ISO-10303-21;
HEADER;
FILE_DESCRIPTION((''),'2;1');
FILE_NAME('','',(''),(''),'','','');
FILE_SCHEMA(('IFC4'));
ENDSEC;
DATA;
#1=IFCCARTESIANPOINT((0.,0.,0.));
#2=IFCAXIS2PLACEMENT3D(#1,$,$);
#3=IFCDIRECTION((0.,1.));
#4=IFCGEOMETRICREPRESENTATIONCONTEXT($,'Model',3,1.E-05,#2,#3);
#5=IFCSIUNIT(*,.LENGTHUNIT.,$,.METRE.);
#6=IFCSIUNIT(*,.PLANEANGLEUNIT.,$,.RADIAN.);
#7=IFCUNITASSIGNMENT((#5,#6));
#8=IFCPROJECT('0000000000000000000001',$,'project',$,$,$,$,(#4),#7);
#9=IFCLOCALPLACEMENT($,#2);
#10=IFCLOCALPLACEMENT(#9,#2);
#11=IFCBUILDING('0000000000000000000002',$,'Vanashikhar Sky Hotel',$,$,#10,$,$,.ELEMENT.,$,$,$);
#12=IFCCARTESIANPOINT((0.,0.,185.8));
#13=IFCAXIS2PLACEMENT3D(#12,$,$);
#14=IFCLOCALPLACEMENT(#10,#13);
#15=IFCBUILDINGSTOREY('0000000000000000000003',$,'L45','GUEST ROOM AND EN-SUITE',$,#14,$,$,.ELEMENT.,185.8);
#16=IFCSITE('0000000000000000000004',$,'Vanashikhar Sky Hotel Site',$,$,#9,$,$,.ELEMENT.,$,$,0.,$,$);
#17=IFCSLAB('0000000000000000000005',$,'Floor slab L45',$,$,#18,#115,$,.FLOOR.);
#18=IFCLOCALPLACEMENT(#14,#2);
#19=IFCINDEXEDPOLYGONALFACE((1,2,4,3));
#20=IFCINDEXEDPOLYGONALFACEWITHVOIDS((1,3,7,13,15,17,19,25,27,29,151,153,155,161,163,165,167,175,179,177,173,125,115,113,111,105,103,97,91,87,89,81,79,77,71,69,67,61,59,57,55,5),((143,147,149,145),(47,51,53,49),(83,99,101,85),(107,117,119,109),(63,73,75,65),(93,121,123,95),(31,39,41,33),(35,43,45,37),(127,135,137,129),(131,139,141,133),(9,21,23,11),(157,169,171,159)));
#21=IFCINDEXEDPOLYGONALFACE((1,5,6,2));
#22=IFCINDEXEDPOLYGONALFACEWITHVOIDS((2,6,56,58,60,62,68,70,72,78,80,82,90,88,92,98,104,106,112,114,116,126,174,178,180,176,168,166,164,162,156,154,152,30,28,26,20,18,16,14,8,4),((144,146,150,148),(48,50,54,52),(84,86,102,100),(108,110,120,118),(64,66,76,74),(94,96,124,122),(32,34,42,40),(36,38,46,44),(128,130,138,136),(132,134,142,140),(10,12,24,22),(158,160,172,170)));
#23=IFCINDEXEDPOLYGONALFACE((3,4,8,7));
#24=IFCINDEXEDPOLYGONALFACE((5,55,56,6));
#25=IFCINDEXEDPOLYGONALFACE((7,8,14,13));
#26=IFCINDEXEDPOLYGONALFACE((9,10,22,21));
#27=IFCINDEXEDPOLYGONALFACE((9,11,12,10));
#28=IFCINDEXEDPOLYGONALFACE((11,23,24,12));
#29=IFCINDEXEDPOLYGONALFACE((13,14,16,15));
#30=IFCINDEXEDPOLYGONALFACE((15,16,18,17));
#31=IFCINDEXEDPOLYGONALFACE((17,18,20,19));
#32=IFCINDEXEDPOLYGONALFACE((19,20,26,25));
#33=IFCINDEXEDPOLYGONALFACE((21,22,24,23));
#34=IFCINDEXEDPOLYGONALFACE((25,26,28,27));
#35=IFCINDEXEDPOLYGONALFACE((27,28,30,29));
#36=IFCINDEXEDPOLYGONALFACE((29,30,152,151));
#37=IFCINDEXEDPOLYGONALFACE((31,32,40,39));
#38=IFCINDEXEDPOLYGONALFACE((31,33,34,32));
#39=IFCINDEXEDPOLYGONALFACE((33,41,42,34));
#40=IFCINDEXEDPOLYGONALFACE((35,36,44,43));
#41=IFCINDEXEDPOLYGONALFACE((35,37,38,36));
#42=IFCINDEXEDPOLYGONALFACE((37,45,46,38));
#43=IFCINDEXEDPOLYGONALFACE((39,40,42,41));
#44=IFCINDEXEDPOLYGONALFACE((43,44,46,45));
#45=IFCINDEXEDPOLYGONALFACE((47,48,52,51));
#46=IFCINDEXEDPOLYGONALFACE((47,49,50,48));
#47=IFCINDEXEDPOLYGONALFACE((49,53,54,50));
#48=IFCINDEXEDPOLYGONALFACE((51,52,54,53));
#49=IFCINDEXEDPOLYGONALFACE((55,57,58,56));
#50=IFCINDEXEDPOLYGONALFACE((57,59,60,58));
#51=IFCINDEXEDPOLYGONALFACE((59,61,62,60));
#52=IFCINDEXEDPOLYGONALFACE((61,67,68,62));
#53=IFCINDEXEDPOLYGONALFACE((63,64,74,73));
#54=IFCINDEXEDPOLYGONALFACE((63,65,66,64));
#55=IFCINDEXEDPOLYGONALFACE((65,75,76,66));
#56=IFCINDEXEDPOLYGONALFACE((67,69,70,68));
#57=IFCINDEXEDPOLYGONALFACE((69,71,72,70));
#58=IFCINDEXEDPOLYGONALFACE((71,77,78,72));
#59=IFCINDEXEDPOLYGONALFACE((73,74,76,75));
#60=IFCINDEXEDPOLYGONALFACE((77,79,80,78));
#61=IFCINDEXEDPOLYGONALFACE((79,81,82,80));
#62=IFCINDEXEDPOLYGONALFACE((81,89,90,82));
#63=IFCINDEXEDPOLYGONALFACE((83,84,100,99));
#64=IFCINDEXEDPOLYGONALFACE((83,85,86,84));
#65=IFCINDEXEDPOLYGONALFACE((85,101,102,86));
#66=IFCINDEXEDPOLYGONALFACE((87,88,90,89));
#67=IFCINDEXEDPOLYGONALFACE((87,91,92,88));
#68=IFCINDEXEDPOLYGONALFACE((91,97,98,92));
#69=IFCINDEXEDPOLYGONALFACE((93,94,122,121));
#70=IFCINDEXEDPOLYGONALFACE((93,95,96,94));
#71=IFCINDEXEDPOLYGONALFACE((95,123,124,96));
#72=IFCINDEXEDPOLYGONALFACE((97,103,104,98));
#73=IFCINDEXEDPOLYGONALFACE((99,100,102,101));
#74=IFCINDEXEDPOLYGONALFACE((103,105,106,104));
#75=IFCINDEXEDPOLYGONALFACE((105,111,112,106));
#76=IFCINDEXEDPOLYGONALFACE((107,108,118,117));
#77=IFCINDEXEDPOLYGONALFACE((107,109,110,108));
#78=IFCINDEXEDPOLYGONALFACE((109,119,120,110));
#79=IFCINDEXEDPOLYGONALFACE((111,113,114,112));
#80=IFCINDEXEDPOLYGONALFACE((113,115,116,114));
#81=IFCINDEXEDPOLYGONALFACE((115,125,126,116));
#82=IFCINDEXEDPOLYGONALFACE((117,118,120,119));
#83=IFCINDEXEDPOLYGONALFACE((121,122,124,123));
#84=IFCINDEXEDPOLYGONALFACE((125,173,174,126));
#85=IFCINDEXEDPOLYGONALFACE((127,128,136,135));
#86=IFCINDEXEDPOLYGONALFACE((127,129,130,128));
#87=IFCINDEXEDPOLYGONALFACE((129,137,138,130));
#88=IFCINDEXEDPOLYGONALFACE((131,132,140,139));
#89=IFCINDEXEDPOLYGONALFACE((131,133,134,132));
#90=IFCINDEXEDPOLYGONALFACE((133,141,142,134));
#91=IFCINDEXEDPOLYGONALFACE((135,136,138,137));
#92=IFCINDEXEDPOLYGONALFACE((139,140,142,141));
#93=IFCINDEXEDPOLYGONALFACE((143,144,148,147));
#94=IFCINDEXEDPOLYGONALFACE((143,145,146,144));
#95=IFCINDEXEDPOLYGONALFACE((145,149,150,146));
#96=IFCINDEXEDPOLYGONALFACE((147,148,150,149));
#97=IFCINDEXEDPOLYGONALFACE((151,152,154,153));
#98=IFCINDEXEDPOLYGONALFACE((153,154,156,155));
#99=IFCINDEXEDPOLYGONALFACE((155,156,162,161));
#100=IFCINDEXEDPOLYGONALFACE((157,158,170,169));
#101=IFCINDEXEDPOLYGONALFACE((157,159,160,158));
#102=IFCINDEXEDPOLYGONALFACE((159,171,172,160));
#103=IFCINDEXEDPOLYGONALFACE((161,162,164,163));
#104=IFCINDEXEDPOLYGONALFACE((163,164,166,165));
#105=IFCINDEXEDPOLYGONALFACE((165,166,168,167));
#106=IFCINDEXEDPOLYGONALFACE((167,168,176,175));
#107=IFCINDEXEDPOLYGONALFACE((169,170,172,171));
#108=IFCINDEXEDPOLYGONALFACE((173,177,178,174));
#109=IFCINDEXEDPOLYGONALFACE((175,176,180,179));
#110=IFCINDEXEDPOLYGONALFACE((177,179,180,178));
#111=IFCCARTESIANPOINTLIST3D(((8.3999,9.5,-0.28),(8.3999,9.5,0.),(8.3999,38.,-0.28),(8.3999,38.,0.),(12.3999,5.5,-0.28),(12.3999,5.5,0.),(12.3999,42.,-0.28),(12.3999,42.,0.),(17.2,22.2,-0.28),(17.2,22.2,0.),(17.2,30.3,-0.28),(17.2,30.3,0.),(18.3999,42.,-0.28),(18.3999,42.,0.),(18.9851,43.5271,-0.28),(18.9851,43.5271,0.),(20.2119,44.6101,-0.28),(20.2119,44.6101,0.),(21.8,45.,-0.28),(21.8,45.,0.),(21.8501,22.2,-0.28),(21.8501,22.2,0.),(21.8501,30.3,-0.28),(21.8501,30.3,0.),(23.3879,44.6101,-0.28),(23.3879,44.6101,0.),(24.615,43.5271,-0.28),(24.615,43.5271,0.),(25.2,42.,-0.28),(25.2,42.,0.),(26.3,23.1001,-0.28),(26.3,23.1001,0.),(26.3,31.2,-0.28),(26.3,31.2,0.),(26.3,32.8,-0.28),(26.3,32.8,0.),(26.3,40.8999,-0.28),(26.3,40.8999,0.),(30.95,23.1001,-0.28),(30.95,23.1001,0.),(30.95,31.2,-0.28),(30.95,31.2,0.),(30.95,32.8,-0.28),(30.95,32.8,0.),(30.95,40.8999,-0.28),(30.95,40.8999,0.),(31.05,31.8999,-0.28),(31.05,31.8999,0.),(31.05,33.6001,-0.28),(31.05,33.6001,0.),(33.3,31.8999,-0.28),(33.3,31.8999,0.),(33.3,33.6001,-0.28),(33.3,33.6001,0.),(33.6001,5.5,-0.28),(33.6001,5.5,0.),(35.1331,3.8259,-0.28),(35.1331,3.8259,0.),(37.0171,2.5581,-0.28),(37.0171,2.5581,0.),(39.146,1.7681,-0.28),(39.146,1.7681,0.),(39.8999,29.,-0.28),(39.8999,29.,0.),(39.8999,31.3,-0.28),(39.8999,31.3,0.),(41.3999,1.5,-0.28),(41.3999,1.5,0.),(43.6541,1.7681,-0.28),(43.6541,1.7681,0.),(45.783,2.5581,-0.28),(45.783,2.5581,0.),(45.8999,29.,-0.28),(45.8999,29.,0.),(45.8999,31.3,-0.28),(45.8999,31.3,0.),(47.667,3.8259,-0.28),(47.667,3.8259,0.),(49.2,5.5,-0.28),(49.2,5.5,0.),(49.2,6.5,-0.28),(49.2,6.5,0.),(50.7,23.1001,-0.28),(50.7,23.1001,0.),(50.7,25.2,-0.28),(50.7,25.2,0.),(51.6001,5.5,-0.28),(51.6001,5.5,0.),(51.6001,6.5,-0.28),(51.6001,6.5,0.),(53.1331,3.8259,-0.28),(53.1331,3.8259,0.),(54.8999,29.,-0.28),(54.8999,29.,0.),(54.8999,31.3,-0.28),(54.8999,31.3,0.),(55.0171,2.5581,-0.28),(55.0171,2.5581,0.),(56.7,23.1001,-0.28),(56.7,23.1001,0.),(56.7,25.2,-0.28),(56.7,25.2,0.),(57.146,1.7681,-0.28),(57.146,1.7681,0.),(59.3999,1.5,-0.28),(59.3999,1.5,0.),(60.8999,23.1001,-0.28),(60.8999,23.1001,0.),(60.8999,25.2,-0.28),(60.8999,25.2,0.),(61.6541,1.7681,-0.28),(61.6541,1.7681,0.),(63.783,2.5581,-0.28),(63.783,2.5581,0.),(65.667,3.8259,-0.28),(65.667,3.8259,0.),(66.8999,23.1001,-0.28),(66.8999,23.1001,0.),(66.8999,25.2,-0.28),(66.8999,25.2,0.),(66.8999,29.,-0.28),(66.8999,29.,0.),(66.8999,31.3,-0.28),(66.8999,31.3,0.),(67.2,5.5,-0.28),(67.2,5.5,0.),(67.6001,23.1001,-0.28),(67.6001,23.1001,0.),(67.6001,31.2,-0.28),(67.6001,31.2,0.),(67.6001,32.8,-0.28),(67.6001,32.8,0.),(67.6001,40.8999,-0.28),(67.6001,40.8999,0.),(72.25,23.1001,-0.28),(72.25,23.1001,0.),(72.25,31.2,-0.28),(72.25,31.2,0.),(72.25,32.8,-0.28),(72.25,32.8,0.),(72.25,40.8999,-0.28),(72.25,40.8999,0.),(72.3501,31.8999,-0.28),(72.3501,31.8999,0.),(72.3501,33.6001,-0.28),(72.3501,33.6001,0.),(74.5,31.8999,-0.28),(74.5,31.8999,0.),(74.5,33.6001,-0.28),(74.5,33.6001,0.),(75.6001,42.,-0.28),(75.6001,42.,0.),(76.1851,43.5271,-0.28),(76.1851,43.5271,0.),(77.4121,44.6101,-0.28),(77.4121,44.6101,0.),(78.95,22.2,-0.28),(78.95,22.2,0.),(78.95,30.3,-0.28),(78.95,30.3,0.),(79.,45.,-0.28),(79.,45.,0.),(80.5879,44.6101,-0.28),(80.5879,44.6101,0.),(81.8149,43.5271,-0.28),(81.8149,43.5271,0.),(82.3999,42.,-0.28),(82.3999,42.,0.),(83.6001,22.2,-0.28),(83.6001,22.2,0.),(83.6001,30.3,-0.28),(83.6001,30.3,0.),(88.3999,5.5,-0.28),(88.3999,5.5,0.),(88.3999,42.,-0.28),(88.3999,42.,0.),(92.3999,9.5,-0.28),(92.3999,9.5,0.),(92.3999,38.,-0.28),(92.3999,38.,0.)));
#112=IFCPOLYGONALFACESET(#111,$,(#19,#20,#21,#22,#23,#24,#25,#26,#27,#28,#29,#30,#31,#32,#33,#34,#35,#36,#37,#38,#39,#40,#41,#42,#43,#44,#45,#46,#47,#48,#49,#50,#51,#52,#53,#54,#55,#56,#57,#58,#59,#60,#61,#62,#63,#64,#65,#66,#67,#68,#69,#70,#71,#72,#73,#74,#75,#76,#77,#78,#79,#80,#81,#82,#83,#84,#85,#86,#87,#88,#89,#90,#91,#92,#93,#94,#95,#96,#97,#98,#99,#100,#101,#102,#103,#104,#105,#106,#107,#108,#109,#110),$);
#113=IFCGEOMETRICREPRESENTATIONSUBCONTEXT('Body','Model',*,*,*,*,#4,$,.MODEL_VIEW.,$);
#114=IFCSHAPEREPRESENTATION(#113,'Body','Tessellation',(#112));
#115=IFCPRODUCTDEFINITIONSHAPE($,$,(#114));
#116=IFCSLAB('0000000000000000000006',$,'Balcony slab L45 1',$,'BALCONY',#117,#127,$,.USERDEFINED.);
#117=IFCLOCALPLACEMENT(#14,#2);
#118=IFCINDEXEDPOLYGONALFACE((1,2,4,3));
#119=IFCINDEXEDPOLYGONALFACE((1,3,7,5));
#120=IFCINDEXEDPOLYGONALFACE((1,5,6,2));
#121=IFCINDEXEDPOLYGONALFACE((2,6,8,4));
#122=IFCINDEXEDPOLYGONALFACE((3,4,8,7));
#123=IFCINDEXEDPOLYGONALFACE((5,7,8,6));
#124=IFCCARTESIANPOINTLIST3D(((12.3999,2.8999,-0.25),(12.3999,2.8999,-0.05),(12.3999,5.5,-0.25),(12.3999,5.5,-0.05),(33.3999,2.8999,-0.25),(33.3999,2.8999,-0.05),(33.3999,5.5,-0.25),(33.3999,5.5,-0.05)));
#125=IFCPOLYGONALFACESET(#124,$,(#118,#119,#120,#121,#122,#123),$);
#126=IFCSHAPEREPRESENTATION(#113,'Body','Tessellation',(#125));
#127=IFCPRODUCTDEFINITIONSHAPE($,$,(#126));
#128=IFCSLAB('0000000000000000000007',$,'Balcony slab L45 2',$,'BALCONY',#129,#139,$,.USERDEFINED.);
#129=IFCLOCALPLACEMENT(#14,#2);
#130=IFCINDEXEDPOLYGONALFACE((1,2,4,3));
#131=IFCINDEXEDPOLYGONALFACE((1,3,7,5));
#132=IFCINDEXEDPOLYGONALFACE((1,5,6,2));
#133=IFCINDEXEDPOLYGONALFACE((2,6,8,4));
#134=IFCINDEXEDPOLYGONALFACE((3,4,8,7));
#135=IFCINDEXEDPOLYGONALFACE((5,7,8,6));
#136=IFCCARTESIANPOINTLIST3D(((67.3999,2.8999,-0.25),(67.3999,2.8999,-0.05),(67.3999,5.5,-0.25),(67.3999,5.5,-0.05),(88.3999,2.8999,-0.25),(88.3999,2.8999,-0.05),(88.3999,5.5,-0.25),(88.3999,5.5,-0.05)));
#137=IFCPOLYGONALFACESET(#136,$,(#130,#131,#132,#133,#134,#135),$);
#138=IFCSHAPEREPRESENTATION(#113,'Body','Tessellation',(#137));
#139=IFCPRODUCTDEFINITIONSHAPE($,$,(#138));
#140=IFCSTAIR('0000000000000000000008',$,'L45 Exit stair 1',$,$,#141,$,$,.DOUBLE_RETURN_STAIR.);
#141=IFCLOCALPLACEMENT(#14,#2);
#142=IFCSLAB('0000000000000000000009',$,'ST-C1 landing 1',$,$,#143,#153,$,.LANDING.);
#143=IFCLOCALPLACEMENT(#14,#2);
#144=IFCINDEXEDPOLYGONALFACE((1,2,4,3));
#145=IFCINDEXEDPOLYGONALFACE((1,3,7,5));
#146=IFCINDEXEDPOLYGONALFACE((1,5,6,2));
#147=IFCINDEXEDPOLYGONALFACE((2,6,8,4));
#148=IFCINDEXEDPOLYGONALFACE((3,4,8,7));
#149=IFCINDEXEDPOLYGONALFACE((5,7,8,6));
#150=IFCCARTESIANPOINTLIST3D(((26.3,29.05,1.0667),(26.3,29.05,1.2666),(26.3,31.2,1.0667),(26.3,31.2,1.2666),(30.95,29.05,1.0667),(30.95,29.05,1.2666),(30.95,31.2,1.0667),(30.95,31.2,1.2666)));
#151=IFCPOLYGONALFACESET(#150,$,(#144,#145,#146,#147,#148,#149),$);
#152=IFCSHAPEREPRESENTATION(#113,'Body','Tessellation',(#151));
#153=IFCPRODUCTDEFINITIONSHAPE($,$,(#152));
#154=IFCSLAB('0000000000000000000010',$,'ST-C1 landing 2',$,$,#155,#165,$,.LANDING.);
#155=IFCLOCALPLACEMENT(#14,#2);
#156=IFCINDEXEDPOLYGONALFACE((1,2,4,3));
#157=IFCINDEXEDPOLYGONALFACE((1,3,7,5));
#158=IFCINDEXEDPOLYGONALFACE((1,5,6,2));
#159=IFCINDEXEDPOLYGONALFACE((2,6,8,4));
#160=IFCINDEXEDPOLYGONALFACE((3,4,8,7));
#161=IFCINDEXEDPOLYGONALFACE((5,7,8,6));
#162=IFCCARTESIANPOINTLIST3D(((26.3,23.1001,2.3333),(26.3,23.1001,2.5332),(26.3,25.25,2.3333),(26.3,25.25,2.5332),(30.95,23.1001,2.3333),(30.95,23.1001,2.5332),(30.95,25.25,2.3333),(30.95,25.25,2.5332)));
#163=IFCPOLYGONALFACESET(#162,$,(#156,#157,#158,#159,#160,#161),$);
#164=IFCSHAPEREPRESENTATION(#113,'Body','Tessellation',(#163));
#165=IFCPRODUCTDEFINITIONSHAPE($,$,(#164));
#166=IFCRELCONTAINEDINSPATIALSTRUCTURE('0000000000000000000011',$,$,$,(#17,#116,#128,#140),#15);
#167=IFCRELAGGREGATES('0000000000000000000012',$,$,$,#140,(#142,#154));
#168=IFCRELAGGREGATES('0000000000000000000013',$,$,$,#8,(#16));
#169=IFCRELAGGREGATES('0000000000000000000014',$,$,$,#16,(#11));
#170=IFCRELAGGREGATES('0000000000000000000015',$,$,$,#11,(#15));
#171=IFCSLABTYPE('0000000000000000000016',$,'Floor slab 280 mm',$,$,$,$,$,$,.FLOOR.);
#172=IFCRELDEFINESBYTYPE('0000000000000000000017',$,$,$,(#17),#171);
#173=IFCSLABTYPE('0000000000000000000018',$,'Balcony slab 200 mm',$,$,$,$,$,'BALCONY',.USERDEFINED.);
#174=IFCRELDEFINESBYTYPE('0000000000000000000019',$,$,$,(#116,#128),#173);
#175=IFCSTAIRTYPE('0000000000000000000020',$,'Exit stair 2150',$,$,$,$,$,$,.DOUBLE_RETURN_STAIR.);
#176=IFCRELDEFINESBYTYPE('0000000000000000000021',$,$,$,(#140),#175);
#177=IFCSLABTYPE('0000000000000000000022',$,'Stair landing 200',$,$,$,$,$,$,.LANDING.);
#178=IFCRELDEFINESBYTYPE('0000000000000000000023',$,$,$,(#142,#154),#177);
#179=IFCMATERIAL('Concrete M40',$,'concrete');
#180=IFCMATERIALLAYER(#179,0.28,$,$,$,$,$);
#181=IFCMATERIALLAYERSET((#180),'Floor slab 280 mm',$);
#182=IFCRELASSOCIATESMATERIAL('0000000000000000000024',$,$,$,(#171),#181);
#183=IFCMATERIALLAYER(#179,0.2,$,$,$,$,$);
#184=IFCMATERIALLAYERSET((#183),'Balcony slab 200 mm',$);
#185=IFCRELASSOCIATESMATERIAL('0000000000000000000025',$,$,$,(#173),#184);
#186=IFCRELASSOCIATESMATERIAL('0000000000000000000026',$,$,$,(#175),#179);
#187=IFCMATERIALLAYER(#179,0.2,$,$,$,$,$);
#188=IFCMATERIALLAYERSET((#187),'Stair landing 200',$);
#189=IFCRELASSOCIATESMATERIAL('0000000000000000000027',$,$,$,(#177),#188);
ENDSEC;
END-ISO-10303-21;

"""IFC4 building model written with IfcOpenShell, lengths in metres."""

from ifc_helpers import new_model, si_unit, direction, frame, origin, place, context, subcontext, project, spatial, polyline, outline, extrude, source, transform, mapped, material, layer, layer_set, type_object, element, aggregate, save


model = new_model("IFC4")

# Units and contexts
model_context = context("Model", 3, precision=1e-05, world=origin(), true_north=direction((0.0, 1.0)))
body_context = subcontext(model_context, "Body", "Model", "MODEL_VIEW")
ifc_project = project(units=[si_unit("LENGTHUNIT", "METRE"), si_unit("PLANEANGLEUNIT", "RADIAN")], contexts=[model_context])

# Site, building, storey
site_placement = place(None, origin())
site = spatial("IfcSite", under=ifc_project, at=site_placement, Name="Vanashikhar Sky Hotel Site", CompositionType="ELEMENT", RefElevation=0.0)
building_placement = place(site_placement, origin())
building = spatial("IfcBuilding", under=site, at=building_placement, Name="Vanashikhar Sky Hotel", CompositionType="ELEMENT")
storey_placement = place(building_placement, frame((0.0, 0.0, 185.8)))
storey = spatial("IfcBuildingStorey", under=building, at=storey_placement, Name="L45", Description="GUEST ROOM AND EN-SUITE", CompositionType="ELEMENT", Elevation=185.8)

# Slabs
ifc_material = material(Name="Concrete M40", Category="concrete")
ifc_layer_1 = layer(ifc_material, 0.28)
ifc_layer_set_1 = layer_set([ifc_layer_1], Name="Floor slab 280 mm")
slab_type_1 = type_object("IfcSlabType", Name="Floor slab 280 mm", PredefinedType="FLOOR", material=ifc_layer_set_1)
shared_shape_1 = source(origin(), body_context, "Body", "SweptSolid", [
    extrude(outline(polyline([(49.2, 5.5), (49.2, 6.5), (51.6001, 6.5), (51.6001, 5.5), (53.1331, 3.8259), (55.0171, 2.5581), (57.146, 1.7681), (59.3999, 1.5), (61.6541, 1.7681), (63.783, 2.5581), (65.667, 3.8259), (67.2, 5.5), (88.3999, 5.5), (92.3999, 9.5), (92.3999, 38.0), (88.3999, 42.0), (82.3999, 42.0), (81.8149, 43.5271), (80.5879, 44.6101), (79.0, 45.0), (77.4121, 44.6101), (76.1851, 43.5271), (75.6001, 42.0), (25.2, 42.0), (24.615, 43.5271), (23.3879, 44.6101), (21.8, 45.0), (20.2119, 44.6101), (18.9851, 43.5271), (18.3999, 42.0), (12.3999, 42.0), (8.3999, 38.0), (8.3999, 9.5), (12.3999, 5.5), (33.6001, 5.5), (35.1331, 3.8259), (37.0171, 2.5581), (39.146, 1.7681), (41.3999, 1.5), (43.6541, 1.7681), (45.783, 2.5581), (47.667, 3.8259), (49.2, 5.5)]), holes=[polyline([(33.3, 33.6001), (31.05, 33.6001), (31.05, 31.8999), (33.3, 31.8999), (33.3, 33.6001)]), polyline([(39.8999, 31.3), (39.8999, 29.0), (45.8999, 29.0), (45.8999, 31.3), (39.8999, 31.3)]), polyline([(50.7, 25.2), (50.7, 23.1001), (56.7, 23.1001), (56.7, 25.2), (50.7, 25.2)]), polyline([(66.8999, 29.0), (66.8999, 31.3), (54.8999, 31.3), (54.8999, 29.0), (66.8999, 29.0)]), polyline([(60.8999, 25.2), (60.8999, 23.1001), (66.8999, 23.1001), (66.8999, 25.2), (60.8999, 25.2)]), polyline([(74.5, 33.6001), (72.3501, 33.6001), (72.3501, 31.8999), (74.5, 31.8999), (74.5, 33.6001)]), polyline([(30.95, 23.1001), (30.95, 31.2), (26.3, 31.2), (26.3, 23.1001), (30.95, 23.1001)]), polyline([(72.25, 23.1001), (72.25, 31.2), (67.6001, 31.2), (67.6001, 23.1001), (72.25, 23.1001)]), polyline([(30.95, 32.8), (30.95, 40.8999), (26.3, 40.8999), (26.3, 32.8), (30.95, 32.8)]), polyline([(72.25, 32.8), (72.25, 40.8999), (67.6001, 40.8999), (67.6001, 32.8), (72.25, 32.8)]), polyline([(83.6001, 22.2), (83.6001, 30.3), (78.95, 30.3), (78.95, 22.2), (83.6001, 22.2)]), polyline([(21.8501, 22.2), (21.8501, 30.3), (17.2, 30.3), (17.2, 22.2), (21.8501, 22.2)])]), origin(), (0.0, 0.0, 1.0), 0.28),
])
slab_1_placement = place(storey_placement, frame((0.0, 0.0, -0.28)))
element("IfcSlab", 1, at=slab_1_placement, inside=storey, type_object=slab_type_1, Name="Floor slab L45", PredefinedType="FLOOR", context=body_context, shape_type="MappedRepresentation", body=[
    mapped(shared_shape_1, transform((0.0, 0.0, 0.0), scale=1.0)),
])
ifc_layer_2 = layer(ifc_material, 0.2)
ifc_layer_set_2 = layer_set([ifc_layer_2], Name="Balcony slab 200 mm")
slab_type_2 = type_object("IfcSlabType", Name="Balcony slab 200 mm", ElementType="BALCONY", PredefinedType="USERDEFINED", material=ifc_layer_set_2)
shared_shape_2 = source(origin(), body_context, "Body", "SweptSolid", [
    extrude(outline(polyline([(12.3999, 2.8999), (33.3999, 2.8999), (33.3999, 5.5), (12.3999, 5.5), (12.3999, 2.8999)])), origin(), (0.0, 0.0, 1.0), 0.2),
])
slab_2_placement = place(storey_placement, frame((0.0, 0.0, -0.25)))
element("IfcSlab", 2, at=slab_2_placement, inside=storey, type_object=slab_type_2, Name="Balcony slab L45 1", ObjectType="BALCONY", PredefinedType="USERDEFINED", context=body_context, shape_type="MappedRepresentation", body=[
    mapped(shared_shape_2, transform((0.0, 0.0, 0.0), scale=1.0)),
])
shared_shape_3 = source(origin(), body_context, "Body", "SweptSolid", [
    extrude(outline(polyline([(67.3999, 2.8999), (88.3999, 2.8999), (88.3999, 5.5), (67.3999, 5.5), (67.3999, 2.8999)])), origin(), (0.0, 0.0, 1.0), 0.2),
])
slab_3_placement = place(storey_placement, frame((0.0, 0.0, -0.25)))
element("IfcSlab", 3, at=slab_3_placement, inside=storey, type_object=slab_type_2, Name="Balcony slab L45 2", ObjectType="BALCONY", PredefinedType="USERDEFINED", context=body_context, shape_type="MappedRepresentation", body=[
    mapped(shared_shape_3, transform((0.0, 0.0, 0.0), scale=1.0)),
])

# Stair, slabs
stair_type = type_object("IfcStairType", Name="Exit stair 2150", PredefinedType="DOUBLE_RETURN_STAIR", material=ifc_material)
stair_1_placement = place(storey_placement, origin())
stair_1 = element("IfcStair", 4, at=stair_1_placement, inside=storey, type_object=stair_type, Name="L45 Exit stair 1", PredefinedType="DOUBLE_RETURN_STAIR")
ifc_layer_3 = layer(ifc_material, 0.2)
ifc_layer_set_3 = layer_set([ifc_layer_3], Name="Stair landing 200")
slab_type_3 = type_object("IfcSlabType", Name="Stair landing 200", PredefinedType="LANDING", material=ifc_layer_set_3)
shared_shape_4 = source(origin(), body_context, "Body", "SweptSolid", [
    extrude(outline(polyline([(30.95, 29.05), (30.95, 31.2), (26.3, 31.2), (26.3, 29.05), (30.95, 29.05)])), origin(), (0.0, 0.0, 1.0), 0.2),
])
slab_4_placement = place(storey_placement, frame((0.0, 0.0, 1.0667)))
slab_4 = element("IfcSlab", 5, at=slab_4_placement, type_object=slab_type_3, Name="ST-C1 landing 1", PredefinedType="LANDING", context=body_context, shape_type="MappedRepresentation", body=[
    mapped(shared_shape_4, transform((0.0, 0.0, 0.0), scale=1.0)),
])
shared_shape_5 = source(origin(), body_context, "Body", "SweptSolid", [
    extrude(outline(polyline([(30.95, 23.1001), (30.95, 25.25), (26.3, 25.25), (26.3, 23.1001), (30.95, 23.1001)])), origin(), (0.0, 0.0, 1.0), 0.2),
])
slab_5_placement = place(storey_placement, frame((0.0, 0.0, 2.3333)))
slab_5 = element("IfcSlab", 6, at=slab_5_placement, type_object=slab_type_3, Name="ST-C1 landing 2", PredefinedType="LANDING", context=body_context, shape_type="MappedRepresentation", body=[
    mapped(shared_shape_5, transform((0.0, 0.0, 0.0), scale=1.0)),
])
aggregate(stair_1, [slab_4, slab_5])

save(model, "model.ifc")
